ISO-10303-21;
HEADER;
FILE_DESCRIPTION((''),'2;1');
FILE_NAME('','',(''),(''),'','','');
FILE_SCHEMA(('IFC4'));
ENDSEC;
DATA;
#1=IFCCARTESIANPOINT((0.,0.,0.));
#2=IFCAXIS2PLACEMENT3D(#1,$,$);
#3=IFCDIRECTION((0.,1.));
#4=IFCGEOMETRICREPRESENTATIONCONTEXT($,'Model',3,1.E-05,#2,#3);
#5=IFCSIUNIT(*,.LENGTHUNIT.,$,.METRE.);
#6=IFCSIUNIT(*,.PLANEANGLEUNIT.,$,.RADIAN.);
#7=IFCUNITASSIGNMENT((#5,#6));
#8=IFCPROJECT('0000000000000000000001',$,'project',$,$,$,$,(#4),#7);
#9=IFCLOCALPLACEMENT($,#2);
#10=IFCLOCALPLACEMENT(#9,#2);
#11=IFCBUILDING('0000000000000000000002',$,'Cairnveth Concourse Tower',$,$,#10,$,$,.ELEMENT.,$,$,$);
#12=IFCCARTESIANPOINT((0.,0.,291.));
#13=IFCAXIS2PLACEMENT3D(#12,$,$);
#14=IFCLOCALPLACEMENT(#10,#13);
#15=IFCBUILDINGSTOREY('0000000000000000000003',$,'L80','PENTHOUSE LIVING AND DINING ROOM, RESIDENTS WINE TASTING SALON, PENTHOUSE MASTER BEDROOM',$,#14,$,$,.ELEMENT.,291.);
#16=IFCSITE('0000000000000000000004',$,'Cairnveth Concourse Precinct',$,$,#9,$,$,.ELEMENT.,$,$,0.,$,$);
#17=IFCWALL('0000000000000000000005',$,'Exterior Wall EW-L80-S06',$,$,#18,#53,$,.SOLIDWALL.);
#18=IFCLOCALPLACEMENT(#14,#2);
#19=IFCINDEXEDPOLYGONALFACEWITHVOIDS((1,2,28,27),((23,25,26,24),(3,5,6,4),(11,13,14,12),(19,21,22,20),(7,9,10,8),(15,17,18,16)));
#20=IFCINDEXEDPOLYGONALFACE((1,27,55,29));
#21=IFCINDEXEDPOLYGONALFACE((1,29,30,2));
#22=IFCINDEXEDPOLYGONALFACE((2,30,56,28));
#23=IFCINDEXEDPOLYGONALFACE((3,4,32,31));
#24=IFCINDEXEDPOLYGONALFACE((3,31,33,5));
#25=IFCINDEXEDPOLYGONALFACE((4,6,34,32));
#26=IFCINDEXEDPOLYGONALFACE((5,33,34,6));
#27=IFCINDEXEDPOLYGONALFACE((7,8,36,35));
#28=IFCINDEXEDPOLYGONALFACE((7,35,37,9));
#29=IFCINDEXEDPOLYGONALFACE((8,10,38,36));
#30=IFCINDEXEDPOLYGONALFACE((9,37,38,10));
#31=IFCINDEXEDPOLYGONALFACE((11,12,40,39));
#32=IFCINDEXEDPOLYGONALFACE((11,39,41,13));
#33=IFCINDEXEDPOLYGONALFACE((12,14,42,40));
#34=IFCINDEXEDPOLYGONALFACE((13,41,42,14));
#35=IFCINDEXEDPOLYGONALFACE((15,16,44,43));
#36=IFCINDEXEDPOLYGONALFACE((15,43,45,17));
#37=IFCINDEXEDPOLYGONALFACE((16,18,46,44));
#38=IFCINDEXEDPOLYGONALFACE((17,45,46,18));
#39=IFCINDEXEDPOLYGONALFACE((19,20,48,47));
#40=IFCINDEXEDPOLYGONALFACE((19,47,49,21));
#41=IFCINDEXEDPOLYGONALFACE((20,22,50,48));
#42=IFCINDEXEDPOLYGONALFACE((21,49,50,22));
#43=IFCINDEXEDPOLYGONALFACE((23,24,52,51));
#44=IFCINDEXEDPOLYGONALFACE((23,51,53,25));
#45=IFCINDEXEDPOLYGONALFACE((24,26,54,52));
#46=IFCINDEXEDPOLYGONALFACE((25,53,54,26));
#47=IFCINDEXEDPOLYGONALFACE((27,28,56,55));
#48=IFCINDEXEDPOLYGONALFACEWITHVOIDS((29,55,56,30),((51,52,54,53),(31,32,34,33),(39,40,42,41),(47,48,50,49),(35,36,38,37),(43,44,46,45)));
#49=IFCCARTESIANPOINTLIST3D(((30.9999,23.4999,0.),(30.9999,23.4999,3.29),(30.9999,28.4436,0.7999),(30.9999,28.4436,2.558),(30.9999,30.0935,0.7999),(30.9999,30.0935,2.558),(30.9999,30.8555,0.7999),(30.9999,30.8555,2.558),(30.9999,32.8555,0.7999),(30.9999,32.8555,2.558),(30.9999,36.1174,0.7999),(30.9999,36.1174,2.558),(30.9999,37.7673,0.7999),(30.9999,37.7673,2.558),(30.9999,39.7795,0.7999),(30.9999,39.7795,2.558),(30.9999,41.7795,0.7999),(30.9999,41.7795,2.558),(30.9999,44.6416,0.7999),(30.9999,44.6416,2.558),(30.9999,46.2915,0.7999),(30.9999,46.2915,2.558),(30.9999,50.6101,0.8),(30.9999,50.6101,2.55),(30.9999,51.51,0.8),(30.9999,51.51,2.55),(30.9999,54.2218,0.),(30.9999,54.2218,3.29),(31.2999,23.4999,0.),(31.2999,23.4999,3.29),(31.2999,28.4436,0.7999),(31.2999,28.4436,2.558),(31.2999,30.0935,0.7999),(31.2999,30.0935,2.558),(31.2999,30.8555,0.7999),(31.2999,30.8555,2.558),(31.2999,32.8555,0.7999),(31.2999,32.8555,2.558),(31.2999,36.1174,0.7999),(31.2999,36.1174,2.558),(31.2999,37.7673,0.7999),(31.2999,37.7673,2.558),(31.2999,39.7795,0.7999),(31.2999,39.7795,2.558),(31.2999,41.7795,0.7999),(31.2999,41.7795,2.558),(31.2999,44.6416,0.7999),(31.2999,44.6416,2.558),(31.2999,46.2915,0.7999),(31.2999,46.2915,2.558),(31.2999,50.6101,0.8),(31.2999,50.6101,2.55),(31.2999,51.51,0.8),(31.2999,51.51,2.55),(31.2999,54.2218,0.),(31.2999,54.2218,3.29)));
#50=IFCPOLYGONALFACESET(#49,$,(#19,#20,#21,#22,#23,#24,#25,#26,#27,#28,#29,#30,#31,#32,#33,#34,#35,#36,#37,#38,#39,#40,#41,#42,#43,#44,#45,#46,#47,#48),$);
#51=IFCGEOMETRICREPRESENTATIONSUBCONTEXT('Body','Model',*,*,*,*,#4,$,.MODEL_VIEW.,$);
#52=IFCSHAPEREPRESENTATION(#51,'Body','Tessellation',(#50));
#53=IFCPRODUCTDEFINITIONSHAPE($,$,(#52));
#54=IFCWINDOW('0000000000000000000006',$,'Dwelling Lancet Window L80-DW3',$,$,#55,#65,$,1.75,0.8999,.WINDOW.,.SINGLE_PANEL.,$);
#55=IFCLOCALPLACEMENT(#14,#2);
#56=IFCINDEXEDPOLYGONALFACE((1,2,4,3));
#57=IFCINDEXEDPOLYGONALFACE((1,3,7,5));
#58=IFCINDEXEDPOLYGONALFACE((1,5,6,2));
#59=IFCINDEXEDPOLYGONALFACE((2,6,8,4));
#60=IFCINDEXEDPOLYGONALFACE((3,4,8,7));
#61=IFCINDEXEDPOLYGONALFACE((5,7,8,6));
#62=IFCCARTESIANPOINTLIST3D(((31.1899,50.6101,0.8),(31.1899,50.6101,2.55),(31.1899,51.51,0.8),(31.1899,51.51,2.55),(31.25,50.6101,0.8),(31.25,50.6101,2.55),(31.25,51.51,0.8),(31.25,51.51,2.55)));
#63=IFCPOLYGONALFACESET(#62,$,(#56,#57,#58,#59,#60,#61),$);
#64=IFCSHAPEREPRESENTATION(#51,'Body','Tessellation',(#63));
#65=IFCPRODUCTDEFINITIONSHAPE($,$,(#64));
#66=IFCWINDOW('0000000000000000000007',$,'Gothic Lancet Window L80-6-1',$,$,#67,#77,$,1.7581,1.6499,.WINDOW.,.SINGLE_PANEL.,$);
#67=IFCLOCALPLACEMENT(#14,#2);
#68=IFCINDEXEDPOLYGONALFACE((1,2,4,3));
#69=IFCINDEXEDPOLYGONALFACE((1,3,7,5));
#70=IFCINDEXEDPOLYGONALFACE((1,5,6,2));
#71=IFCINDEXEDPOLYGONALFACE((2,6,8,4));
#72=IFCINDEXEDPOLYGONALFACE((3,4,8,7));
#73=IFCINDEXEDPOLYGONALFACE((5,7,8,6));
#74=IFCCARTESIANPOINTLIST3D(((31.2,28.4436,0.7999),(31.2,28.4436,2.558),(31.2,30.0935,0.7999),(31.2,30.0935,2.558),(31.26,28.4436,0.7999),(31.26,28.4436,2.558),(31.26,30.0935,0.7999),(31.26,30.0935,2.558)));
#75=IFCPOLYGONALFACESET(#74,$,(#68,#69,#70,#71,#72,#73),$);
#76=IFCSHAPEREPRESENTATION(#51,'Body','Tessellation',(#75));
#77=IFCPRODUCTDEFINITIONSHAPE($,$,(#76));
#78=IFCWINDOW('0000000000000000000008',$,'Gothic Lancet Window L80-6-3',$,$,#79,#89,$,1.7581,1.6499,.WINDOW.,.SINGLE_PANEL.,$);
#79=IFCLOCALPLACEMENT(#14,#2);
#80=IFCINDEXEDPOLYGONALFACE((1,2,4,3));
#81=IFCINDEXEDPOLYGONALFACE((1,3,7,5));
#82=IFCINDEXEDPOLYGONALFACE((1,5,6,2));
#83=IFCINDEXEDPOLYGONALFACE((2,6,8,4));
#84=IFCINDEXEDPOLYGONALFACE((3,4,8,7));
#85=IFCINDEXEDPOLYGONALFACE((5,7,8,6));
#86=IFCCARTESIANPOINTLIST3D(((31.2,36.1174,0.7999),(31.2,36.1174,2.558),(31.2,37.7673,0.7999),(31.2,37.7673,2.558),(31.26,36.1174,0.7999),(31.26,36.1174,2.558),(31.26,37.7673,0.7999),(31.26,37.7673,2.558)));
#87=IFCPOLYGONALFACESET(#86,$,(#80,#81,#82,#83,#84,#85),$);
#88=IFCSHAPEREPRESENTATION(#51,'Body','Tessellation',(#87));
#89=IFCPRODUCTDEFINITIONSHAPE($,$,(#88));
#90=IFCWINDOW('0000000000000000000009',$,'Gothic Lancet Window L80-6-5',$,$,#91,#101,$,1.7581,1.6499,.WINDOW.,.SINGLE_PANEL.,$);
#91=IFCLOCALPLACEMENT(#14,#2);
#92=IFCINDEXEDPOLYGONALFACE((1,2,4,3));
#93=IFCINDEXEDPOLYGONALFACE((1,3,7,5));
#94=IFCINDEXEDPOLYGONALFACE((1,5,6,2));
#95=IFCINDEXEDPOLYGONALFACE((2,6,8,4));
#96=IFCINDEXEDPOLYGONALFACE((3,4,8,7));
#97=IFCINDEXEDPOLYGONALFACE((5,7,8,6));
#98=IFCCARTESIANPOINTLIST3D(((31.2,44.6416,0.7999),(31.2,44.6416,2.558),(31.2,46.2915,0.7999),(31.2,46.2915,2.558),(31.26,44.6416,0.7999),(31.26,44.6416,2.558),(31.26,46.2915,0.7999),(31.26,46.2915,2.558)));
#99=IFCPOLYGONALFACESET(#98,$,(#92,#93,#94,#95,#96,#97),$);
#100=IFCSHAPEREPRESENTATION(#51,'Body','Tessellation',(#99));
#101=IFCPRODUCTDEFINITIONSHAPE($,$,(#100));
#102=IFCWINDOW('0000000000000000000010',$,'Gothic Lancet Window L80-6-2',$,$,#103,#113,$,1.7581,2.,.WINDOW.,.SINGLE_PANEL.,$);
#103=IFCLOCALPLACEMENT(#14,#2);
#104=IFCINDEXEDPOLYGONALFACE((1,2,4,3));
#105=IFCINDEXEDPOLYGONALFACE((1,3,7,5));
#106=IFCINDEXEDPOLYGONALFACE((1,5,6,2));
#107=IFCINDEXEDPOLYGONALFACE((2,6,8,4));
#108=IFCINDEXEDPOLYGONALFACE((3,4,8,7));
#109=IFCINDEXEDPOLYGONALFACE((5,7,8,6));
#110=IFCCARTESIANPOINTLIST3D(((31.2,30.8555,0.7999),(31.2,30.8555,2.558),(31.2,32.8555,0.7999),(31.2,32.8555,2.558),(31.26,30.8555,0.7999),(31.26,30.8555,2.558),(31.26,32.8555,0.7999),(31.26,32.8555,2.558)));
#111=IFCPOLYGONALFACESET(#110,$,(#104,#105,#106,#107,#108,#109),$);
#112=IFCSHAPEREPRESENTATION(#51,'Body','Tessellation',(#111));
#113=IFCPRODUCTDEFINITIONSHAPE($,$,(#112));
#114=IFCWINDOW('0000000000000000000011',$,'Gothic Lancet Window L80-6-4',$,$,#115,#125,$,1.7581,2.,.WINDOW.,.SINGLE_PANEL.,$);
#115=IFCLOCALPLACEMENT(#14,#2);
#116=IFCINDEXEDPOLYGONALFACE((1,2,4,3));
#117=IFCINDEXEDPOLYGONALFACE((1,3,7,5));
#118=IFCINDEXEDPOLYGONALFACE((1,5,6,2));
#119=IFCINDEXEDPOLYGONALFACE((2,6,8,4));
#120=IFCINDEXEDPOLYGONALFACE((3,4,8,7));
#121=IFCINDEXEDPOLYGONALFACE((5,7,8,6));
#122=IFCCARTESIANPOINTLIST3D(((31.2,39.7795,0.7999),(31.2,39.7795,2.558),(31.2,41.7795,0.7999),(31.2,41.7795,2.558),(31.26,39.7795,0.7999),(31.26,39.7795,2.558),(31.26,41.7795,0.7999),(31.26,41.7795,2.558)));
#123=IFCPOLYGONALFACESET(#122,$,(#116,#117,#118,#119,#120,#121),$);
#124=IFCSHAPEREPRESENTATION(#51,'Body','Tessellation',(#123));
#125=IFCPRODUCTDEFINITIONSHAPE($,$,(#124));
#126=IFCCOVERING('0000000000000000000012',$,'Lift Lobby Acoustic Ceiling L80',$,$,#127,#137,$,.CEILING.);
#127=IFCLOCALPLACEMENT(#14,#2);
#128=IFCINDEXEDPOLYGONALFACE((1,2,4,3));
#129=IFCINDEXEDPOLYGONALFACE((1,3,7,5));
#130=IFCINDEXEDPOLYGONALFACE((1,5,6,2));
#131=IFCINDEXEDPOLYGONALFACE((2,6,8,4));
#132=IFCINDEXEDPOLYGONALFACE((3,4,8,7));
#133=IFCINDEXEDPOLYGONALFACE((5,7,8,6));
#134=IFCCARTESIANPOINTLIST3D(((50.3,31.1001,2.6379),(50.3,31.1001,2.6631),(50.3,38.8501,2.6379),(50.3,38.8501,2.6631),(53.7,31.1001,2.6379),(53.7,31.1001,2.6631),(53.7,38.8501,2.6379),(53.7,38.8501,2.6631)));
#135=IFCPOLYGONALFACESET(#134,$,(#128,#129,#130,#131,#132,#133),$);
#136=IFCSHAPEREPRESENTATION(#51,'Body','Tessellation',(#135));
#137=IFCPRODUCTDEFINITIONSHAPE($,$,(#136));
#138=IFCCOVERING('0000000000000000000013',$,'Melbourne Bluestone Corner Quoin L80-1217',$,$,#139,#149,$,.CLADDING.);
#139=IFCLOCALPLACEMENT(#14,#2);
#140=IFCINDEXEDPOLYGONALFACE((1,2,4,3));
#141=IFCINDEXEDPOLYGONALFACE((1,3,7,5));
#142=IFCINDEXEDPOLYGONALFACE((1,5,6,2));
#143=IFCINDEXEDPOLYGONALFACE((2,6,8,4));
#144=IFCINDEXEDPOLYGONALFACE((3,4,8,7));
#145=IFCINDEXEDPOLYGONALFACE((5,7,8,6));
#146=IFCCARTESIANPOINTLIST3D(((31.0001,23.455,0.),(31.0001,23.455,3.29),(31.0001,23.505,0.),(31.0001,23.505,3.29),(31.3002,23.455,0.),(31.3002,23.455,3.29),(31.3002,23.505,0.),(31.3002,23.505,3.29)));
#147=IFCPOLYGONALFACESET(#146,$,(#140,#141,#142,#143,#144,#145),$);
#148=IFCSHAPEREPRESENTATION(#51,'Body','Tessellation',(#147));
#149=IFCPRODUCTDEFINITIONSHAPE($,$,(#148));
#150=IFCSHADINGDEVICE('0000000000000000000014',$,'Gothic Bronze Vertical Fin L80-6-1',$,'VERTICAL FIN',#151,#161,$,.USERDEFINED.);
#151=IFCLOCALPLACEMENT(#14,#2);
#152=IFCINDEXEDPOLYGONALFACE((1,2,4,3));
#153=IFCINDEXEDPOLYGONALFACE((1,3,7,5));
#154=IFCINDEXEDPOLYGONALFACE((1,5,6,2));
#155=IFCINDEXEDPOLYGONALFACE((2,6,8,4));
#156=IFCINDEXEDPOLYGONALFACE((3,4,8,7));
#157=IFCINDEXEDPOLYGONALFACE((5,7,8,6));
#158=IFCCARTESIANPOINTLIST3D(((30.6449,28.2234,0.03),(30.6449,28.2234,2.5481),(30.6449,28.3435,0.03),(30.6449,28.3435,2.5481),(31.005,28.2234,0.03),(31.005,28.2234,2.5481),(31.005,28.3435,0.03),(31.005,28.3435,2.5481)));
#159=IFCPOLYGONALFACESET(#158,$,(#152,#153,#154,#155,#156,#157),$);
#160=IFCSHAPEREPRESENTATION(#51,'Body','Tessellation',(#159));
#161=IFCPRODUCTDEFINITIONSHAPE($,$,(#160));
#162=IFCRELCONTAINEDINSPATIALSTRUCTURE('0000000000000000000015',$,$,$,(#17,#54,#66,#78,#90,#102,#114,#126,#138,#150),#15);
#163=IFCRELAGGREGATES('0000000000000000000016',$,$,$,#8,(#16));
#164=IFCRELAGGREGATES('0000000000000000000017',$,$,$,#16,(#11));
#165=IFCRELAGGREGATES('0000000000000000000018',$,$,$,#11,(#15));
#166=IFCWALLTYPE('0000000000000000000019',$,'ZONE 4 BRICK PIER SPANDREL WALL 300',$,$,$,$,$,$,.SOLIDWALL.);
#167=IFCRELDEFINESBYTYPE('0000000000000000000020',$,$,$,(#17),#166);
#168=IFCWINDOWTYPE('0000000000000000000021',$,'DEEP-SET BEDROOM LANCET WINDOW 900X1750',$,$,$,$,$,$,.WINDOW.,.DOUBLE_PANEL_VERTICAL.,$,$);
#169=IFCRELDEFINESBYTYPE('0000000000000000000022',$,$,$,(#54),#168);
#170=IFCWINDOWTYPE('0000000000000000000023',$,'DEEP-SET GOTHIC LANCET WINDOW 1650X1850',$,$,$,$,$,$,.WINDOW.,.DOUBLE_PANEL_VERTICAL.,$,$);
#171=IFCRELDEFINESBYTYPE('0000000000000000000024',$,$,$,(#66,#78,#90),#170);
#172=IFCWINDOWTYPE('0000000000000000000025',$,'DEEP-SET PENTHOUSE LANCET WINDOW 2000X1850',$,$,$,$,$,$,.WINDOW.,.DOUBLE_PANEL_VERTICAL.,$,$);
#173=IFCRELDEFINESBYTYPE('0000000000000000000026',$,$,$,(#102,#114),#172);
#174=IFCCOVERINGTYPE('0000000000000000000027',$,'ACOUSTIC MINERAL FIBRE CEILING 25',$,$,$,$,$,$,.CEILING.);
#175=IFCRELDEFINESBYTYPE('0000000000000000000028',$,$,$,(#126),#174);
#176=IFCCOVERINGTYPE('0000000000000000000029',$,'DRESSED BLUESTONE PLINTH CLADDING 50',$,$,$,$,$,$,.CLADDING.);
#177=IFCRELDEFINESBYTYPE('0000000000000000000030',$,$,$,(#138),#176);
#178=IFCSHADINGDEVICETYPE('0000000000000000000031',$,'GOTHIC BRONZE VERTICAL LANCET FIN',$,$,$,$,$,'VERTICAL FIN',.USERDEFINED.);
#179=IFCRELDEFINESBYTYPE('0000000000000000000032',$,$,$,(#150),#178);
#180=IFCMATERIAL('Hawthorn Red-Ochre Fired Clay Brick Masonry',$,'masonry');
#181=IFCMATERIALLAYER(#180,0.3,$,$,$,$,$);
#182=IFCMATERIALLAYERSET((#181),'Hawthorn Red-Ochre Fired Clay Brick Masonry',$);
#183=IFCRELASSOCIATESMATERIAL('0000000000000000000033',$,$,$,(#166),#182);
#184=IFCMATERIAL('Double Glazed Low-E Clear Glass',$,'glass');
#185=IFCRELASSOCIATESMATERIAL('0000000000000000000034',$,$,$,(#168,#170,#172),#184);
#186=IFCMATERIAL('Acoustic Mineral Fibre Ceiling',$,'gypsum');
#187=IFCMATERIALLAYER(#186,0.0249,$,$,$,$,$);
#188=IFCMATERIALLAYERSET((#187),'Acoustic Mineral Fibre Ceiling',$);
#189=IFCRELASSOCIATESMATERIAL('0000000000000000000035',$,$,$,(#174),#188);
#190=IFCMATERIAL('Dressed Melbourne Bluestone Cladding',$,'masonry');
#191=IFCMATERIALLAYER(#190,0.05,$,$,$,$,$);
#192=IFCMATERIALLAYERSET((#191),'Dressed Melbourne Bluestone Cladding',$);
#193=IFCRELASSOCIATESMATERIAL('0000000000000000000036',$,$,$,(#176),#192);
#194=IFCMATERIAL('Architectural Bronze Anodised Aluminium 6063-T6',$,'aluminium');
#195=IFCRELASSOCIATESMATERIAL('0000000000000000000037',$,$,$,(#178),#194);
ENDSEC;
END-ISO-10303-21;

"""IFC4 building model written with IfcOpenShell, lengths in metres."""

from ifc_helpers import new_model, si_unit, direction, frame, frame_2d, origin, origin_2d, place, context, subcontext, project, spatial, polyline, rectangle, outline, extrude, material, layer, layer_set, type_object, element, fill, save


model = new_model("IFC4")

# Units and contexts
model_context = context("Model", 3, precision=1e-05, world=origin(), true_north=direction((0.0, 1.0)))
body_context = subcontext(model_context, "Body", "Model", "MODEL_VIEW")
ifc_project = project(units=[si_unit("LENGTHUNIT", "METRE"), si_unit("PLANEANGLEUNIT", "RADIAN")], contexts=[model_context])

# Site, building, storey
site_placement = place(None, origin())
site = spatial("IfcSite", under=ifc_project, at=site_placement, Name="Cairnveth Concourse Precinct", CompositionType="ELEMENT", RefElevation=0.0)
building_placement = place(site_placement, origin())
building = spatial("IfcBuilding", under=site, at=building_placement, Name="Cairnveth Concourse Tower", CompositionType="ELEMENT")
storey_placement = place(building_placement, frame((0.0, 0.0, 291.0)))
storey = spatial("IfcBuildingStorey", under=building, at=storey_placement, Name="L80", Description="PENTHOUSE LIVING AND DINING ROOM, RESIDENTS WINE TASTING SALON, PENTHOUSE MASTER BEDROOM", CompositionType="ELEMENT", Elevation=291.0)

# Wall, openings, windows
ifc_material_1 = material(Name="Hawthorn Red-Ochre Fired Clay Brick Masonry", Category="masonry")
ifc_layer_1 = layer(ifc_material_1, 0.3)
ifc_layer_set_1 = layer_set([ifc_layer_1], Name="Hawthorn Red-Ochre Fired Clay Brick Masonry")
wall_type_1 = type_object("IfcWallType", Name="ZONE 4 BRICK PIER SPANDREL WALL 300", PredefinedType="SOLIDWALL", material=ifc_layer_set_1)
wall_1_placement = place(storey_placement, frame((31.1499, 23.5, 0.0), z_axis=(0.0, 0.0, 1.0), x_axis=(0.0, 1.0, 0.0)))
wall_1 = element("IfcWall", 1, at=wall_1_placement, inside=storey, type_object=wall_type_1, Name="Exterior Wall EW-L80-S06", PredefinedType="SOLIDWALL", context=body_context, shape_type="SweptSolid", body=[
    extrude(rectangle(XDim=30.7219, YDim=0.3, at=frame_2d((15.3608, 0.0))), origin(), (0.0, 0.0, 1.0), 3.29),
])
opening_1_placement = place(wall_1_placement, frame((4.9436, 0.0, 0.8)))
opening_1 = element("IfcOpeningElement", 2, at=opening_1_placement, cuts=wall_1, PredefinedType="OPENING", context=body_context, shape_type="SweptSolid", body=[
    extrude(rectangle(XDim=1.6499, YDim=1.7581, at=frame_2d((0.825, 0.8789))), frame((0.0, 0.1599, 0.0), z_axis=(0.0, -1.0, 0.0), x_axis=(1.0, 0.0, 0.0)), (0.0, 0.0, 1.0), 0.3201),
])
opening_2_placement = place(wall_1_placement, frame((7.3555, 0.0, 0.8)))
opening_2 = element("IfcOpeningElement", 3, at=opening_2_placement, cuts=wall_1, PredefinedType="OPENING", context=body_context, shape_type="SweptSolid", body=[
    extrude(rectangle(XDim=2.0, YDim=1.7581, at=frame_2d((1.0, 0.8789))), frame((0.0, 0.1599, 0.0), z_axis=(0.0, -1.0, 0.0), x_axis=(1.0, 0.0, 0.0)), (0.0, 0.0, 1.0), 0.3201),
])
opening_3_placement = place(wall_1_placement, frame((12.6174, 0.0, 0.8)))
opening_3 = element("IfcOpeningElement", 4, at=opening_3_placement, cuts=wall_1, PredefinedType="OPENING", context=body_context, shape_type="SweptSolid", body=[
    extrude(rectangle(XDim=1.6499, YDim=1.7581, at=frame_2d((0.825, 0.8789))), frame((0.0, 0.1599, 0.0), z_axis=(0.0, -1.0, 0.0), x_axis=(1.0, 0.0, 0.0)), (0.0, 0.0, 1.0), 0.3201),
])
opening_4_placement = place(wall_1_placement, frame((16.2795, 0.0, 0.8)))
opening_4 = element("IfcOpeningElement", 5, at=opening_4_placement, cuts=wall_1, PredefinedType="OPENING", context=body_context, shape_type="SweptSolid", body=[
    extrude(rectangle(XDim=2.0, YDim=1.7581, at=frame_2d((1.0, 0.8789))), frame((0.0, 0.1599, 0.0), z_axis=(0.0, -1.0, 0.0), x_axis=(1.0, 0.0, 0.0)), (0.0, 0.0, 1.0), 0.3201),
])
opening_5_placement = place(wall_1_placement, frame((21.1416, 0.0, 0.8)))
opening_5 = element("IfcOpeningElement", 6, at=opening_5_placement, cuts=wall_1, PredefinedType="OPENING", context=body_context, shape_type="SweptSolid", body=[
    extrude(rectangle(XDim=1.6499, YDim=1.7581, at=frame_2d((0.825, 0.8789))), frame((0.0, 0.1599, 0.0), z_axis=(0.0, -1.0, 0.0), x_axis=(1.0, 0.0, 0.0)), (0.0, 0.0, 1.0), 0.3201),
])
opening_6_placement = place(wall_1_placement, frame((27.1101, 0.0, 0.8)))
opening_6 = element("IfcOpeningElement", 7, at=opening_6_placement, cuts=wall_1, PredefinedType="OPENING", context=body_context, shape_type="SweptSolid", body=[
    extrude(rectangle(XDim=0.8999, YDim=1.75, at=frame_2d((0.45, 0.875))), frame((0.0, 0.1599, 0.0), z_axis=(0.0, -1.0, 0.0), x_axis=(1.0, 0.0, 0.0)), (0.0, 0.0, 1.0), 0.3201),
])
ifc_material_2 = material(Name="Double Glazed Low-E Clear Glass", Category="glass")
window_type_1 = type_object("IfcWindowType", Name="DEEP-SET BEDROOM LANCET WINDOW 900X1750", PartitioningType="DOUBLE_PANEL_VERTICAL", PredefinedType="WINDOW", material=ifc_material_2)
window_1_placement = place(opening_6_placement, origin())
window_1 = element("IfcWindow", 8, at=window_1_placement, inside=storey, type_object=window_type_1, Name="Dwelling Lancet Window L80-DW3", OverallHeight=1.75, OverallWidth=0.8999, PartitioningType="SINGLE_PANEL", PredefinedType="WINDOW", context=body_context, shape_type="SweptSolid", body=[
    extrude(rectangle(XDim=0.8999, YDim=1.75, at=frame_2d((0.45, 0.875))), frame((0.0, -0.04, 0.0), z_axis=(0.0, -1.0, 0.0), x_axis=(1.0, 0.0, 0.0)), (0.0, 0.0, 1.0), 0.0601),
])
fill(opening_6, window_1)
window_type_2 = type_object("IfcWindowType", Name="DEEP-SET GOTHIC LANCET WINDOW 1650X1850", PartitioningType="DOUBLE_PANEL_VERTICAL", PredefinedType="WINDOW", material=ifc_material_2)
window_2_placement = place(opening_1_placement, origin())
window_2 = element("IfcWindow", 9, at=window_2_placement, inside=storey, type_object=window_type_2, Name="Gothic Lancet Window L80-6-1", OverallHeight=1.7581, OverallWidth=1.6499, PartitioningType="SINGLE_PANEL", PredefinedType="WINDOW", context=body_context, shape_type="SweptSolid", body=[
    extrude(rectangle(XDim=1.6499, YDim=1.7581, at=frame_2d((0.825, 0.8789))), frame((0.0, -0.05, 0.0), z_axis=(0.0, -1.0, 0.0), x_axis=(1.0, 0.0, 0.0)), (0.0, 0.0, 1.0), 0.0601),
])
fill(opening_1, window_2)
window_3_placement = place(opening_3_placement, origin())
window_3 = element("IfcWindow", 10, at=window_3_placement, inside=storey, type_object=window_type_2, Name="Gothic Lancet Window L80-6-3", OverallHeight=1.7581, OverallWidth=1.6499, PartitioningType="SINGLE_PANEL", PredefinedType="WINDOW", context=body_context, shape_type="SweptSolid", body=[
    extrude(rectangle(XDim=1.6499, YDim=1.7581, at=frame_2d((0.825, 0.8789))), frame((0.0, -0.05, 0.0), z_axis=(0.0, -1.0, 0.0), x_axis=(1.0, 0.0, 0.0)), (0.0, 0.0, 1.0), 0.0601),
])
fill(opening_3, window_3)
window_4_placement = place(opening_5_placement, origin())
window_4 = element("IfcWindow", 11, at=window_4_placement, inside=storey, type_object=window_type_2, Name="Gothic Lancet Window L80-6-5", OverallHeight=1.7581, OverallWidth=1.6499, PartitioningType="SINGLE_PANEL", PredefinedType="WINDOW", context=body_context, shape_type="SweptSolid", body=[
    extrude(rectangle(XDim=1.6499, YDim=1.7581, at=frame_2d((0.825, 0.8789))), frame((0.0, -0.05, 0.0), z_axis=(0.0, -1.0, 0.0), x_axis=(1.0, 0.0, 0.0)), (0.0, 0.0, 1.0), 0.0601),
])
fill(opening_5, window_4)
window_type_3 = type_object("IfcWindowType", Name="DEEP-SET PENTHOUSE LANCET WINDOW 2000X1850", PartitioningType="DOUBLE_PANEL_VERTICAL", PredefinedType="WINDOW", material=ifc_material_2)
window_5_placement = place(opening_2_placement, origin())
window_5 = element("IfcWindow", 12, at=window_5_placement, inside=storey, type_object=window_type_3, Name="Gothic Lancet Window L80-6-2", OverallHeight=1.7581, OverallWidth=2.0, PartitioningType="SINGLE_PANEL", PredefinedType="WINDOW", context=body_context, shape_type="SweptSolid", body=[
    extrude(rectangle(XDim=2.0, YDim=1.7581, at=frame_2d((1.0, 0.8789))), frame((0.0, -0.05, 0.0), z_axis=(0.0, -1.0, 0.0), x_axis=(1.0, 0.0, 0.0)), (0.0, 0.0, 1.0), 0.0601),
])
fill(opening_2, window_5)
window_6_placement = place(opening_4_placement, origin())
window_6 = element("IfcWindow", 13, at=window_6_placement, inside=storey, type_object=window_type_3, Name="Gothic Lancet Window L80-6-4", OverallHeight=1.7581, OverallWidth=2.0, PartitioningType="SINGLE_PANEL", PredefinedType="WINDOW", context=body_context, shape_type="SweptSolid", body=[
    extrude(rectangle(XDim=2.0, YDim=1.7581, at=frame_2d((1.0, 0.8789))), frame((0.0, -0.05, 0.0), z_axis=(0.0, -1.0, 0.0), x_axis=(1.0, 0.0, 0.0)), (0.0, 0.0, 1.0), 0.0601),
])
fill(opening_4, window_6)

# Coverings
ifc_material_3 = material(Name="Acoustic Mineral Fibre Ceiling", Category="gypsum")
ifc_layer_2 = layer(ifc_material_3, 0.0249)
ifc_layer_set_2 = layer_set([ifc_layer_2], Name="Acoustic Mineral Fibre Ceiling")
covering_type_1 = type_object("IfcCoveringType", Name="ACOUSTIC MINERAL FIBRE CEILING 25", PredefinedType="CEILING", material=ifc_layer_set_2)
covering_1_placement = place(storey_placement, frame((0.0, 0.0, 2.6379)))
element("IfcCovering", 14, at=covering_1_placement, inside=storey, type_object=covering_type_1, Name="Lift Lobby Acoustic Ceiling L80", PredefinedType="CEILING", context=body_context, shape_type="SweptSolid", body=[
    extrude(outline(polyline([(50.3, 31.1001), (53.7, 31.1001), (53.7, 38.8501), (50.3, 38.8501), (50.3, 31.1001)])), origin(), (0.0, 0.0, 1.0), 0.0251),
])
ifc_material_4 = material(Name="Dressed Melbourne Bluestone Cladding", Category="masonry")
ifc_layer_3 = layer(ifc_material_4, 0.05)
ifc_layer_set_3 = layer_set([ifc_layer_3], Name="Dressed Melbourne Bluestone Cladding")
covering_type_2 = type_object("IfcCoveringType", Name="DRESSED BLUESTONE PLINTH CLADDING 50", PredefinedType="CLADDING", material=ifc_layer_set_3)
covering_2_placement = place(storey_placement, frame((31.3, 23.48, 0.0), z_axis=(0.0, 0.0, 1.0), x_axis=(-1.0, 0.0, 0.0)))
element("IfcCovering", 15, at=covering_2_placement, inside=storey, type_object=covering_type_2, Name="Melbourne Bluestone Corner Quoin L80-1217", PredefinedType="CLADDING", context=body_context, shape_type="SweptSolid", body=[
    extrude(rectangle(XDim=0.3, YDim=0.05, at=frame_2d((0.1499, 0.0))), origin(), (0.0, 0.0, 1.0), 3.29),
])

# Shading device
ifc_material_5 = material(Name="Architectural Bronze Anodised Aluminium 6063-T6", Category="aluminium")
shading_device_type = type_object("IfcShadingDeviceType", Name="GOTHIC BRONZE VERTICAL LANCET FIN", ElementType="VERTICAL FIN", PredefinedType="USERDEFINED", material=ifc_material_5)
shading_device_placement = place(storey_placement, frame((30.825, 28.2834, 0.03), z_axis=(0.0, 0.0, 1.0), x_axis=(0.0, 1.0, 0.0)))
element("IfcShadingDevice", 16, at=shading_device_placement, inside=storey, type_object=shading_device_type, Name="Gothic Bronze Vertical Fin L80-6-1", ObjectType="VERTICAL FIN", PredefinedType="USERDEFINED", context=body_context, shape_type="SweptSolid", body=[
    extrude(rectangle(XDim=0.1201, YDim=0.3601, at=origin_2d()), origin(), (0.0, 0.0, 1.0), 2.5181),
])

save(model, "model.ifc")
